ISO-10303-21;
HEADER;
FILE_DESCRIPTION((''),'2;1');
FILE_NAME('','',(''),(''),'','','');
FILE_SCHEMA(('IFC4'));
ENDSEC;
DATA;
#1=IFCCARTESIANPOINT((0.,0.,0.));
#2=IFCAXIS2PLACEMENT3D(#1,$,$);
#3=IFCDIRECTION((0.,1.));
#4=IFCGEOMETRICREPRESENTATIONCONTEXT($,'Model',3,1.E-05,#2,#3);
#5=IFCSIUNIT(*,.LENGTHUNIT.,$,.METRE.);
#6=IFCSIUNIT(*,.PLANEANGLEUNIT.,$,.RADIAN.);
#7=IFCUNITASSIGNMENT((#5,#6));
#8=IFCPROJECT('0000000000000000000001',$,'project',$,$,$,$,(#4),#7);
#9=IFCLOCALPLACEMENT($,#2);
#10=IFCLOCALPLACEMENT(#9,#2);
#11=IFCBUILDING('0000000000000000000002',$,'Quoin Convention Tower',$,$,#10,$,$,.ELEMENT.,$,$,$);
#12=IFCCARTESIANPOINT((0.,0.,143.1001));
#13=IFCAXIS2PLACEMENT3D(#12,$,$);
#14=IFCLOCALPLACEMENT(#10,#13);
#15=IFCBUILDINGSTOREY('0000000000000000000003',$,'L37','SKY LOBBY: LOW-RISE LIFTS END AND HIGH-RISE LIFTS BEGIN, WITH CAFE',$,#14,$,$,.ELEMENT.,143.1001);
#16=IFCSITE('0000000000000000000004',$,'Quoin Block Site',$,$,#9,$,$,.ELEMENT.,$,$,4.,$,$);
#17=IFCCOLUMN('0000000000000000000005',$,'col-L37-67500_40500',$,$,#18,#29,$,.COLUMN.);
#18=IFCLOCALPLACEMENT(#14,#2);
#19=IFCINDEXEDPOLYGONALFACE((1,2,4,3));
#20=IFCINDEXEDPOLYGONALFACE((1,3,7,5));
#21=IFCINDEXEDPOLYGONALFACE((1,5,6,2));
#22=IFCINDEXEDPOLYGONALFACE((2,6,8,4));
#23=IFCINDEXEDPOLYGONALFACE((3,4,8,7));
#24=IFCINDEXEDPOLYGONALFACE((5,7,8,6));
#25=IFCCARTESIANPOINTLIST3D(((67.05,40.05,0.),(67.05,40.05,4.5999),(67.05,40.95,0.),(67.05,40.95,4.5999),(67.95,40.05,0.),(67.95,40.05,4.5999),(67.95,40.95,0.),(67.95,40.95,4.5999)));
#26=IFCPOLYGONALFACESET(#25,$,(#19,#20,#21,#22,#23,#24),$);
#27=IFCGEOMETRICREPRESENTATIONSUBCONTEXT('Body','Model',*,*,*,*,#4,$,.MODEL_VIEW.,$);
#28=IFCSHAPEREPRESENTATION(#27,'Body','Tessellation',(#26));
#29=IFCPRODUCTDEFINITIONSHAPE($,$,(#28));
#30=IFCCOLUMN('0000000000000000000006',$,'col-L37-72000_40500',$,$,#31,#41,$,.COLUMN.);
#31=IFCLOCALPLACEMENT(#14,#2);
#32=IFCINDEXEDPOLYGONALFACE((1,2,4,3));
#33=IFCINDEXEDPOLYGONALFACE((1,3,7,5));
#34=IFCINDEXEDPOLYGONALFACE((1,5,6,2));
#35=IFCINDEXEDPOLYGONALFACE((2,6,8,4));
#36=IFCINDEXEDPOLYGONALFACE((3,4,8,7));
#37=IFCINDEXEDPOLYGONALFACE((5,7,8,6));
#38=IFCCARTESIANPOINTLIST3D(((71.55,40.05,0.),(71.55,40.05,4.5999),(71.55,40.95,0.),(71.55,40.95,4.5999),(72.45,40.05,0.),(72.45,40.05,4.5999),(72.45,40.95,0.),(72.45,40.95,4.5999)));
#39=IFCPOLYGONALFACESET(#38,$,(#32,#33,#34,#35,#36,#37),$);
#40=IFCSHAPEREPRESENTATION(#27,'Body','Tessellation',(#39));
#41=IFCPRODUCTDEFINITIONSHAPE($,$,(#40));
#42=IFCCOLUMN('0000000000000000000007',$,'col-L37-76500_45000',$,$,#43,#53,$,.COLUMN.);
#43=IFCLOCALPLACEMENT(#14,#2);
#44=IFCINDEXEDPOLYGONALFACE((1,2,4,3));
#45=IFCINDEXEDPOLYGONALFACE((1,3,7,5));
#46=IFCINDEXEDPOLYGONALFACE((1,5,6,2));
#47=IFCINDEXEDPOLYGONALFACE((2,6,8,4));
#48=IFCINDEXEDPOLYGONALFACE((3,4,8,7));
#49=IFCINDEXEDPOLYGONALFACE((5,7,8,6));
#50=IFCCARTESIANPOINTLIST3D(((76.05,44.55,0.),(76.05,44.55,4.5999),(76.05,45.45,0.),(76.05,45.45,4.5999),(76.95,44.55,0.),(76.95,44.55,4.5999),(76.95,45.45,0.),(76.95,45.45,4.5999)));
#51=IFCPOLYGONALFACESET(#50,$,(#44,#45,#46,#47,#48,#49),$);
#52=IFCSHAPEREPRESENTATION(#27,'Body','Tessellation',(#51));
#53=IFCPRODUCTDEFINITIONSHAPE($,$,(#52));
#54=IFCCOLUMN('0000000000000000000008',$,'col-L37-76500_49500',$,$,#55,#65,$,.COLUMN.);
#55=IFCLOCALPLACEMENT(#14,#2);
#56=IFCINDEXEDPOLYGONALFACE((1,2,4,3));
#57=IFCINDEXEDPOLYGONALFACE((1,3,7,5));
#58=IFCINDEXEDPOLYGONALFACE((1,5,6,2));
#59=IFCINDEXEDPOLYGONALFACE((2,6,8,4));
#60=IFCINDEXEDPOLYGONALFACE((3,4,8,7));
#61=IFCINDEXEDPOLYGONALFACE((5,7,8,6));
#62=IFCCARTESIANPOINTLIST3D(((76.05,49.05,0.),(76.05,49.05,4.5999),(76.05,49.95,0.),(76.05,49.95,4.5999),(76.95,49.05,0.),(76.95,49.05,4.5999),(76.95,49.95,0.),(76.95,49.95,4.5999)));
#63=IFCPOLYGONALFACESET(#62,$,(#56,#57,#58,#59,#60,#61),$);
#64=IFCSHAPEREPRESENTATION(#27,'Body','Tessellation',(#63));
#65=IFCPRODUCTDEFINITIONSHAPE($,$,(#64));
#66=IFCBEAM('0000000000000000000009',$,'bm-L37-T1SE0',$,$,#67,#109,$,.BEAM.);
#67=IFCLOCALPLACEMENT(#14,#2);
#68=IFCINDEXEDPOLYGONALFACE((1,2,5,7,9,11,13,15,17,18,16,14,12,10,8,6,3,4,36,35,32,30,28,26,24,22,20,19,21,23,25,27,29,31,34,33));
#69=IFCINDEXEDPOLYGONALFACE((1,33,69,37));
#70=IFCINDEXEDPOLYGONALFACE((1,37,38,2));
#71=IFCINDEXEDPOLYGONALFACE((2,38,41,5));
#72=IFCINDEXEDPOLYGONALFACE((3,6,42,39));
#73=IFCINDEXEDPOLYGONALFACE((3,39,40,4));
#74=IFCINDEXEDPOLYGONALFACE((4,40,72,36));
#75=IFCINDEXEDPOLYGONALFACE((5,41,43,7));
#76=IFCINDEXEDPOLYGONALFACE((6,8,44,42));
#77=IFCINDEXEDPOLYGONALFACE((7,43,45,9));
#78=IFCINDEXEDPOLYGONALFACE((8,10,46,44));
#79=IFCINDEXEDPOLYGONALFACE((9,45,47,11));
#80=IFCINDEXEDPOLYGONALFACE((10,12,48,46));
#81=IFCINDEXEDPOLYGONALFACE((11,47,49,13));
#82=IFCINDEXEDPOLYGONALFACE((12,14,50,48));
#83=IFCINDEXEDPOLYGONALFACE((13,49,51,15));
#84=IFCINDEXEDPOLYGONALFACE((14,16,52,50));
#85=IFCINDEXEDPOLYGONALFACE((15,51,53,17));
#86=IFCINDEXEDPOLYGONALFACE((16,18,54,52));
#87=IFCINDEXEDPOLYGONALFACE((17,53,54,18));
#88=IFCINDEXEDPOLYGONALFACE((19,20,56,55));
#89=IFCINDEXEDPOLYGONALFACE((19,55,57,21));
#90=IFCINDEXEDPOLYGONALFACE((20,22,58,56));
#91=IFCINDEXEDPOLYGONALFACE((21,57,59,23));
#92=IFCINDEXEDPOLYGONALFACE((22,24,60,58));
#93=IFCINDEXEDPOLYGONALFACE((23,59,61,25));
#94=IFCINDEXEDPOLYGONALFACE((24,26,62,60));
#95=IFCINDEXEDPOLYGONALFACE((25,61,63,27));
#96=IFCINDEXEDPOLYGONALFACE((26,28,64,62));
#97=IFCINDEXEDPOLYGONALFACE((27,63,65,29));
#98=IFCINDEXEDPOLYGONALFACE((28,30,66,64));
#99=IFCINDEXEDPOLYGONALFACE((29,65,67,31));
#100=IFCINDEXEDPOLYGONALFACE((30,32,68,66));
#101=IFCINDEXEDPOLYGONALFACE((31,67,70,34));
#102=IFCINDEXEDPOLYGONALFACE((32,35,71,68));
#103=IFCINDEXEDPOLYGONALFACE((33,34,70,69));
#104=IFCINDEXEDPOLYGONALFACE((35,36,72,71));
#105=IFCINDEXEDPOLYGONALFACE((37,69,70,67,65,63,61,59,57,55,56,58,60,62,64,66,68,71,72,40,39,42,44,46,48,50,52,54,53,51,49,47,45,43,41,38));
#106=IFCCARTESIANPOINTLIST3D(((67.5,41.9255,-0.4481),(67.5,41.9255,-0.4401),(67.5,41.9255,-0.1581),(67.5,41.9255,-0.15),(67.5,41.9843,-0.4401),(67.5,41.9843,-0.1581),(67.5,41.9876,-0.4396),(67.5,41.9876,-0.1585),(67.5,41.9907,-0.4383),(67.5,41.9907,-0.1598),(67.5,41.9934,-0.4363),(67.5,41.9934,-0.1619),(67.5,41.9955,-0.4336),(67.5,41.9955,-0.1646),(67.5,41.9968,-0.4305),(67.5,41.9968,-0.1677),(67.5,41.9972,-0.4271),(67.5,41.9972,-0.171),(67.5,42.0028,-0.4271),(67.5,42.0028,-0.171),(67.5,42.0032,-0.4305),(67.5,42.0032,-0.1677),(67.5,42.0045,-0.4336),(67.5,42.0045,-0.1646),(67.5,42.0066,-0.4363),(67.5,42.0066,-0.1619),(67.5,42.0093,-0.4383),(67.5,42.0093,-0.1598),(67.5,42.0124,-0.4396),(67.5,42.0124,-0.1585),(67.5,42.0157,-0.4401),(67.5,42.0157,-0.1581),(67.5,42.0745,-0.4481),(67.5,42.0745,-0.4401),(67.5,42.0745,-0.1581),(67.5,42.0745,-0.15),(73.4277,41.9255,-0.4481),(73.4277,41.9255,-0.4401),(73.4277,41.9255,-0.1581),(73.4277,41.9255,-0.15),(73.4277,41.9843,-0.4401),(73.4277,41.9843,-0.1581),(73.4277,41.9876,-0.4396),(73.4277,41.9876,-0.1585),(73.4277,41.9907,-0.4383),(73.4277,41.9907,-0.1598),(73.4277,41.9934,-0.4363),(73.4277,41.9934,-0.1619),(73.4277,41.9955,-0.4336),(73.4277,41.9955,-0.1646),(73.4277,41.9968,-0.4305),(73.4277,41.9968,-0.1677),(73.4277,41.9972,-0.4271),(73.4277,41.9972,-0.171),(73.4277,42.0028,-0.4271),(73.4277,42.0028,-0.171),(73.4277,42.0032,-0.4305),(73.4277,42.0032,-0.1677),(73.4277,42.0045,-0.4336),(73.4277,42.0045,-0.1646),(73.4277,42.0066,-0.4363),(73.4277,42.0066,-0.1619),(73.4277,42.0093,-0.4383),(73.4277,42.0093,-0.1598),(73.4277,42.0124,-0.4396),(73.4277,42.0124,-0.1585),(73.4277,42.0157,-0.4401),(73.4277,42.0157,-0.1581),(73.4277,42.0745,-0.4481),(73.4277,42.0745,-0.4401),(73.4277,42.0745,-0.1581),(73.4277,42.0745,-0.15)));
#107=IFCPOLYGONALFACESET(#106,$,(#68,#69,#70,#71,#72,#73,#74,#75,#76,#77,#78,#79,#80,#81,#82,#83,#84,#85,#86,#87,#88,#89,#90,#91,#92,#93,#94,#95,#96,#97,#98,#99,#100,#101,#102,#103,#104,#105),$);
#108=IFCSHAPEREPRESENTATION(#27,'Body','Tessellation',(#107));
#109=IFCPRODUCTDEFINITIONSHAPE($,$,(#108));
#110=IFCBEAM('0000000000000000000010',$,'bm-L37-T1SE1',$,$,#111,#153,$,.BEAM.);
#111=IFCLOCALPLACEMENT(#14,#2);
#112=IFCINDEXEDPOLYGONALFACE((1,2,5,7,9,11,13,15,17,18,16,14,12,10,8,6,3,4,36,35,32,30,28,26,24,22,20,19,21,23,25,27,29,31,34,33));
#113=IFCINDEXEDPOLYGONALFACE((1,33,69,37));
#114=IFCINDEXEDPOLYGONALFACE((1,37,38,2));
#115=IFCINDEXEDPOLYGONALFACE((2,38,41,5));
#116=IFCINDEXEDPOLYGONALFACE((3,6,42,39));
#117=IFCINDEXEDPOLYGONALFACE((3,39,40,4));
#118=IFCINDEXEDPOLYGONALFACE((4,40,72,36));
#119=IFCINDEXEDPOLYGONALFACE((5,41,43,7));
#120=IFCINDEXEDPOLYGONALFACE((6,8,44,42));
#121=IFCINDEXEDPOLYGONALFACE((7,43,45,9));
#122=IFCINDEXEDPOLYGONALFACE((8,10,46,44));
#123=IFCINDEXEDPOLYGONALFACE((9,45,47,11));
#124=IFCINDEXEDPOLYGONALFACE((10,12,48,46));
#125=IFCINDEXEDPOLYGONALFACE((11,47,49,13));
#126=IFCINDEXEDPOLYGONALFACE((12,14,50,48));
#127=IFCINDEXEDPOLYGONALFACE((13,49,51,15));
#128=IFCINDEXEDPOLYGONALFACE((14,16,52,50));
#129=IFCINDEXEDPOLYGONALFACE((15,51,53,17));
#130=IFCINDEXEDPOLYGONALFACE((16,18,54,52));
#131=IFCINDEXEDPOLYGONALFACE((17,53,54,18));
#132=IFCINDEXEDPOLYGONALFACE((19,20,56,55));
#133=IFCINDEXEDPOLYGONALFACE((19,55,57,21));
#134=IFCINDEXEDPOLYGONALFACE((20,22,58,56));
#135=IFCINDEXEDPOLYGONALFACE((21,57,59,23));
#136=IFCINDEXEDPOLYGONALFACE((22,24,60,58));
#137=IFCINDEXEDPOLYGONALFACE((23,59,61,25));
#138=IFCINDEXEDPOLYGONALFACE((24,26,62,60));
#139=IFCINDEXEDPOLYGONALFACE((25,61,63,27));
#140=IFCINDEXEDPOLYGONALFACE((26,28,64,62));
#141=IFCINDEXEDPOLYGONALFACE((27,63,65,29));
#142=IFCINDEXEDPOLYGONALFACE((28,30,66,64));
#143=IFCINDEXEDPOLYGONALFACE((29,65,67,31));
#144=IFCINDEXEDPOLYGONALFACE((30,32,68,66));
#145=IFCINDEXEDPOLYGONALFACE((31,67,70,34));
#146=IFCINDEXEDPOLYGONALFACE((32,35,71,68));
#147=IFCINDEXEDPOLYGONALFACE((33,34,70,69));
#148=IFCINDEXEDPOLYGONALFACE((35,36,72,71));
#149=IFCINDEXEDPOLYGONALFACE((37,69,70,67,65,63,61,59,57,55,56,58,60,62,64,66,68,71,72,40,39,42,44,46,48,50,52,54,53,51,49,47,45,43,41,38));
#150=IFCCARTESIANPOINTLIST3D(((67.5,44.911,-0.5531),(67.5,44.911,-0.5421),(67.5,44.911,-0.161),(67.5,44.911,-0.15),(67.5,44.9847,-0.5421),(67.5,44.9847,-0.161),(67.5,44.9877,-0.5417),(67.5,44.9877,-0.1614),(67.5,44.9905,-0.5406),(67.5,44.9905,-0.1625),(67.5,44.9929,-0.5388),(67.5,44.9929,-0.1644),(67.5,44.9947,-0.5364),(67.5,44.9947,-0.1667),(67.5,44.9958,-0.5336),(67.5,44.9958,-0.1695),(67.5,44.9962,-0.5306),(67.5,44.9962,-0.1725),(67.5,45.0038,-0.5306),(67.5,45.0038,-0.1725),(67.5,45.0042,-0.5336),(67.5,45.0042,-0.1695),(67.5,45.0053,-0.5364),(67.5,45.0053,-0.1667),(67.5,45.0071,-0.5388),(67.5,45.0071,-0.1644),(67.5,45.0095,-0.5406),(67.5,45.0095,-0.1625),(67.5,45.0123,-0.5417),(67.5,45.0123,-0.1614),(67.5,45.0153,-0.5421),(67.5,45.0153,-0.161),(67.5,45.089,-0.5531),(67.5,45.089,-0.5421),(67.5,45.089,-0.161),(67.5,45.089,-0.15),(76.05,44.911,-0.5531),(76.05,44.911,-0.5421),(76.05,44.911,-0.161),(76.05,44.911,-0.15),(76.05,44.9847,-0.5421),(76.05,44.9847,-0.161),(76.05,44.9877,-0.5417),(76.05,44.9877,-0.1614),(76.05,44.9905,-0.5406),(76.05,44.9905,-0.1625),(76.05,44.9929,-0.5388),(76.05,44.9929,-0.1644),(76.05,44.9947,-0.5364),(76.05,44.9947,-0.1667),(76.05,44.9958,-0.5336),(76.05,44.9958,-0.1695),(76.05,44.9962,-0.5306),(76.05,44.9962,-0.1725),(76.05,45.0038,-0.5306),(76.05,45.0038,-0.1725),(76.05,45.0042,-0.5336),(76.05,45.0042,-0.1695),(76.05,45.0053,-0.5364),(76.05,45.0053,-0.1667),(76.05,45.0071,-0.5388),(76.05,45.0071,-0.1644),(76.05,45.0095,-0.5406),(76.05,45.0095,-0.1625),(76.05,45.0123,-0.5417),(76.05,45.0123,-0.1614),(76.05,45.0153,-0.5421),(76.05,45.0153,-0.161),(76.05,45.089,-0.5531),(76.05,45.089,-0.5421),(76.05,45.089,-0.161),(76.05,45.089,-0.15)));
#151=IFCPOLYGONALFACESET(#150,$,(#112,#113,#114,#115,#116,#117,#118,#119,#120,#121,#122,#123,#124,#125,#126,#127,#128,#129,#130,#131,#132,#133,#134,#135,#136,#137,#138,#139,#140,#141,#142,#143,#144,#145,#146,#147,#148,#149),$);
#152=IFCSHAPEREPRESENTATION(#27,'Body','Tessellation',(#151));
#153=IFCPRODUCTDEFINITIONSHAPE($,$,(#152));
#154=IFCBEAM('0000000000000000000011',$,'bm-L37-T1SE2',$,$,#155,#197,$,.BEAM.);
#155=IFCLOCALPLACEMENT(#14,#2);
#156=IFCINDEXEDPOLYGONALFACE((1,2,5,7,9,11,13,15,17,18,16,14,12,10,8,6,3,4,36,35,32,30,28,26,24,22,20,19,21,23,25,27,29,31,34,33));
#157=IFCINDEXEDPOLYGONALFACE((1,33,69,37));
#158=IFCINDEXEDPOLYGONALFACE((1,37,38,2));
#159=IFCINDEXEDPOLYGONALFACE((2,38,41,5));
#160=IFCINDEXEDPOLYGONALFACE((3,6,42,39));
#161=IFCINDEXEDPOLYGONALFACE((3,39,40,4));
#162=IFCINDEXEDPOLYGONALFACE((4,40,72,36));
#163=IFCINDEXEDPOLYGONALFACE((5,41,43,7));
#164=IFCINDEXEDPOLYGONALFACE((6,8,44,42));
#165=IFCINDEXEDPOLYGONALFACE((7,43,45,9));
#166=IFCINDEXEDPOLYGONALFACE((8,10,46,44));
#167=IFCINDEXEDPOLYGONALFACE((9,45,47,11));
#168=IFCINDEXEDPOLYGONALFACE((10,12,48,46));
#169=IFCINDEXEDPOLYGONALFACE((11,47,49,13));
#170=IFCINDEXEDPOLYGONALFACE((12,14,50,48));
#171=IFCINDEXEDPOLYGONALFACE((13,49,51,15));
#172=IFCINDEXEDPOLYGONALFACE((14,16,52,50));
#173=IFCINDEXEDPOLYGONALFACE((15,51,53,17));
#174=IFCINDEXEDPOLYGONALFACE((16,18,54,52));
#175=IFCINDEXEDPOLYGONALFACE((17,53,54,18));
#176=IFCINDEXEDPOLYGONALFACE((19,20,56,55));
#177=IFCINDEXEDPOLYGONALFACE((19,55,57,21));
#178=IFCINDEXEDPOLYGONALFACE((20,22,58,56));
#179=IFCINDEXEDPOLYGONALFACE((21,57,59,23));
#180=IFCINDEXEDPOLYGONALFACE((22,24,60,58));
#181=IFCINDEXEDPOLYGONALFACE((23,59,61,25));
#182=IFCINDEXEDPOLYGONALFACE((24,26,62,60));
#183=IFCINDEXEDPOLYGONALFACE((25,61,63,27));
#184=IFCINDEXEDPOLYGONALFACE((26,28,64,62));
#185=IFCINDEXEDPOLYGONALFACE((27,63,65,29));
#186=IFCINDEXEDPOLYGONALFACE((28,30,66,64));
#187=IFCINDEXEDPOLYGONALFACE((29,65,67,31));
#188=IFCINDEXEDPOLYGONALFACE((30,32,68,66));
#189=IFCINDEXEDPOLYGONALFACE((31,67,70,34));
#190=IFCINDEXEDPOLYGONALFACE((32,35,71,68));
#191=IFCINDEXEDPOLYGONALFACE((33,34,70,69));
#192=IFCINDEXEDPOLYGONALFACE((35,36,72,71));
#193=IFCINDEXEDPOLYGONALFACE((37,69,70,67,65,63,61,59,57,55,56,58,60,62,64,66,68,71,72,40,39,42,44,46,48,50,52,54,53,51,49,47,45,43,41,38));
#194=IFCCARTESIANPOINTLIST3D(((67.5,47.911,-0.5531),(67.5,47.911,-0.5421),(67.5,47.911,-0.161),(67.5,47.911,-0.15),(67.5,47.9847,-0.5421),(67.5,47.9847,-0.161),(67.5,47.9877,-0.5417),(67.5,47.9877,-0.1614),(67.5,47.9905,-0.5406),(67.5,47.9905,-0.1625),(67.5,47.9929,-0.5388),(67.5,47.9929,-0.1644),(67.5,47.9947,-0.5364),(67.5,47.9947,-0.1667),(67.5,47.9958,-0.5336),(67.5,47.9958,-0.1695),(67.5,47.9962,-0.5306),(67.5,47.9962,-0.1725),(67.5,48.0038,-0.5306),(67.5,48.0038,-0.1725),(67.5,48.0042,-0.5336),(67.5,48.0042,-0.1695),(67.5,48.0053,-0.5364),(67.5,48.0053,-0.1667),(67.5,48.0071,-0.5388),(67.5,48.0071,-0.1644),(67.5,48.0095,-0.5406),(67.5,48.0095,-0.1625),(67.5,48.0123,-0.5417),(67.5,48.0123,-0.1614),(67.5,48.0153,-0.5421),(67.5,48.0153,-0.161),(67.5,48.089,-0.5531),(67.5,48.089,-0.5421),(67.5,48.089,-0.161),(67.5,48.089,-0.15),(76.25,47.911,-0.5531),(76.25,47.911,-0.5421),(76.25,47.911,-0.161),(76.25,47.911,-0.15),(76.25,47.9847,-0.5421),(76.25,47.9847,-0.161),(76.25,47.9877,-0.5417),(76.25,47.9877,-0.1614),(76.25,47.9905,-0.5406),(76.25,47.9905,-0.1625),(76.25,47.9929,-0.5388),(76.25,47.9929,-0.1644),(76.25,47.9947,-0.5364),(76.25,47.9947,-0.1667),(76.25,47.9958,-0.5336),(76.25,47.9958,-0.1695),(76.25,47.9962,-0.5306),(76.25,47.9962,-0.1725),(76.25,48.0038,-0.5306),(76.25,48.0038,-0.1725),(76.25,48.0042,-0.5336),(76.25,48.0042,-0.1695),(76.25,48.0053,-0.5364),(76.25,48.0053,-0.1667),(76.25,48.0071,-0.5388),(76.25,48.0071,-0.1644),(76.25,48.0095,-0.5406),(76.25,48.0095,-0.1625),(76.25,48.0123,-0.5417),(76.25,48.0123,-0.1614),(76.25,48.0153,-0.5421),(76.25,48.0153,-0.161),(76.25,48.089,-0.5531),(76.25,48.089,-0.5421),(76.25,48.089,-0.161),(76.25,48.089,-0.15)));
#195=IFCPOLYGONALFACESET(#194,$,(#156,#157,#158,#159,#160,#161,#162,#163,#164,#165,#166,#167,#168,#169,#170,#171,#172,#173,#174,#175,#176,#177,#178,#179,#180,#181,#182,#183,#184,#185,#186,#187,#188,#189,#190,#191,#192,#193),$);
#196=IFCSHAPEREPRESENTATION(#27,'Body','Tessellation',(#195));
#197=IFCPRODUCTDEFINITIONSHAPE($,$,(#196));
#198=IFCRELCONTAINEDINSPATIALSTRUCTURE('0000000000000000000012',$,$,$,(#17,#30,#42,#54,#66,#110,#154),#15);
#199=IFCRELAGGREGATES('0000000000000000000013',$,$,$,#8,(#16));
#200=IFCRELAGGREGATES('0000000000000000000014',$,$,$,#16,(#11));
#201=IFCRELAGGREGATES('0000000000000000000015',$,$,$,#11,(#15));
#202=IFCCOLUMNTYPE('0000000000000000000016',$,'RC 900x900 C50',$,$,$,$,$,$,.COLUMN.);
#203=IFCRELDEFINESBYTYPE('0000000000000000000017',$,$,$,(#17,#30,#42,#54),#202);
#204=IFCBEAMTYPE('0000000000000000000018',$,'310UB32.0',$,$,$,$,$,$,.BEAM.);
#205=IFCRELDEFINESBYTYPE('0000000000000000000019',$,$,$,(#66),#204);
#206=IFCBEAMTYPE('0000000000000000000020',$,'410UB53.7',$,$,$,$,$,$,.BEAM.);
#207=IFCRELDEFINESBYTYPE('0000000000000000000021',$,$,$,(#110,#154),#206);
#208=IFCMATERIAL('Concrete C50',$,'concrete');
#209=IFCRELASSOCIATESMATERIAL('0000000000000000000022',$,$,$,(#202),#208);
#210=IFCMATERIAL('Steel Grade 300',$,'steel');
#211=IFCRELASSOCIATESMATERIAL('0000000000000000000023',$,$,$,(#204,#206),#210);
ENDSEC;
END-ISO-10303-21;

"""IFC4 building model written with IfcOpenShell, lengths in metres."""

from ifc_helpers import new_model, si_unit, direction, frame, origin, origin_2d, place, context, subcontext, project, spatial, rectangle, i_section, extrude, material, material_profile, profile_set, type_object, element, save


model = new_model("IFC4")

# Units and contexts
model_context = context("Model", 3, precision=1e-05, world=origin(), true_north=direction((0.0, 1.0)))
body_context = subcontext(model_context, "Body", "Model", "MODEL_VIEW")
ifc_project = project(units=[si_unit("LENGTHUNIT", "METRE"), si_unit("PLANEANGLEUNIT", "RADIAN")], contexts=[model_context])

# Site, building, storey
site_placement = place(None, origin())
site = spatial("IfcSite", under=ifc_project, at=site_placement, Name="Quoin Block Site", CompositionType="ELEMENT", RefElevation=4.0)
building_placement = place(site_placement, origin())
building = spatial("IfcBuilding", under=site, at=building_placement, Name="Quoin Convention Tower", CompositionType="ELEMENT")
storey_placement = place(building_placement, frame((0.0, 0.0, 143.1001)))
storey = spatial("IfcBuildingStorey", under=building, at=storey_placement, Name="L37", Description="SKY LOBBY: LOW-RISE LIFTS END AND HIGH-RISE LIFTS BEGIN, WITH CAFE", CompositionType="ELEMENT", Elevation=143.1001)

# Columns
ifc_material_1 = material(Name="Concrete C50", Category="concrete")
ifc_material_profile_1 = material_profile(ifc_material_1, rectangle(XDim=0.8999, YDim=0.8999, at=origin_2d()), Name="RC 900x900")
ifc_profile_set_1 = profile_set([ifc_material_profile_1], Name="Concrete C50")
column_type = type_object("IfcColumnType", Name="RC 900x900 C50", PredefinedType="COLUMN", material=ifc_profile_set_1)
for number, where, z_axis, x_axis, name in (
    (1, (67.5, 40.5, 0.0), (0.0, 0.0, 1.0), (1.0, 0.0, 0.0), "col-L37-67500_40500"),
    (2, (72.0, 40.5, 0.0), (0.0, 0.0, 1.0), (1.0, 0.0, 0.0), "col-L37-72000_40500"),
    (3, (76.5, 45.0, 0.0), (0.0, 0.0, 1.0), (1.0, 0.0, 0.0), "col-L37-76500_45000"),
    (4, (76.5, 49.5, 0.0), (0.0, 0.0, 1.0), (1.0, 0.0, 0.0), "col-L37-76500_49500"),
):
    element("IfcColumn", number, at=place(storey_placement, frame(where, z_axis=z_axis, x_axis=x_axis)), inside=storey, type_object=column_type, Name=name, PredefinedType="COLUMN", context=body_context, shape_type="SweptSolid", body=[
        extrude(rectangle(XDim=0.8999, YDim=0.8999, at=origin_2d()), origin(), (0.0, 0.0, 1.0), 4.5999),
    ])

# Beams
ifc_material_2 = material(Name="Steel Grade 300", Category="steel")
ifc_material_profile_2 = material_profile(ifc_material_2, i_section(OverallWidth=0.1489, OverallDepth=0.2981, WebThickness=0.0056, FlangeThickness=0.0081, FilletRadius=0.0129, at=origin_2d()), Name="310UB32.0")
ifc_profile_set_2 = profile_set([ifc_material_profile_2], Name="Steel Grade 300")
beam_type_1 = type_object("IfcBeamType", Name="310UB32.0", PredefinedType="BEAM", material=ifc_profile_set_2)
beam_1_placement = place(storey_placement, frame((67.5, 42.0, -0.2991), z_axis=(1.0, 0.0, 0.0), x_axis=(0.0, 1.0, 0.0)))
element("IfcBeam", 5, at=beam_1_placement, inside=storey, type_object=beam_type_1, Name="bm-L37-T1SE0", PredefinedType="BEAM", context=body_context, shape_type="SweptSolid", body=[
    extrude(i_section(OverallWidth=0.1489, OverallDepth=0.2981, WebThickness=0.0056, FlangeThickness=0.0081, FilletRadius=0.0129, at=origin_2d()), origin(), (0.0, 0.0, 1.0), 5.9277),
])
ifc_material_profile_3 = material_profile(ifc_material_2, i_section(OverallWidth=0.178, OverallDepth=0.4031, WebThickness=0.0076, FlangeThickness=0.011, FilletRadius=0.0115, at=origin_2d()), Name="410UB53.7")
ifc_profile_set_3 = profile_set([ifc_material_profile_3], Name="Steel Grade 300")
beam_type_2 = type_object("IfcBeamType", Name="410UB53.7", PredefinedType="BEAM", material=ifc_profile_set_3)
beam_2_placement = place(storey_placement, frame((67.5, 45.0, -0.3516), z_axis=(1.0, 0.0, 0.0), x_axis=(0.0, 1.0, 0.0)))
element("IfcBeam", 6, at=beam_2_placement, inside=storey, type_object=beam_type_2, Name="bm-L37-T1SE1", PredefinedType="BEAM", context=body_context, shape_type="SweptSolid", body=[
    extrude(i_section(OverallWidth=0.178, OverallDepth=0.4031, WebThickness=0.0076, FlangeThickness=0.011, FilletRadius=0.0115, at=origin_2d()), origin(), (0.0, 0.0, 1.0), 8.55),
])
beam_3_placement = place(storey_placement, frame((67.5, 48.0, -0.3516), z_axis=(1.0, 0.0, 0.0), x_axis=(0.0, 1.0, 0.0)))
element("IfcBeam", 7, at=beam_3_placement, inside=storey, type_object=beam_type_2, Name="bm-L37-T1SE2", PredefinedType="BEAM", context=body_context, shape_type="SweptSolid", body=[
    extrude(i_section(OverallWidth=0.178, OverallDepth=0.4031, WebThickness=0.0076, FlangeThickness=0.011, FilletRadius=0.0115, at=origin_2d()), origin(), (0.0, 0.0, 1.0), 8.75),
])

save(model, "model.ifc")
